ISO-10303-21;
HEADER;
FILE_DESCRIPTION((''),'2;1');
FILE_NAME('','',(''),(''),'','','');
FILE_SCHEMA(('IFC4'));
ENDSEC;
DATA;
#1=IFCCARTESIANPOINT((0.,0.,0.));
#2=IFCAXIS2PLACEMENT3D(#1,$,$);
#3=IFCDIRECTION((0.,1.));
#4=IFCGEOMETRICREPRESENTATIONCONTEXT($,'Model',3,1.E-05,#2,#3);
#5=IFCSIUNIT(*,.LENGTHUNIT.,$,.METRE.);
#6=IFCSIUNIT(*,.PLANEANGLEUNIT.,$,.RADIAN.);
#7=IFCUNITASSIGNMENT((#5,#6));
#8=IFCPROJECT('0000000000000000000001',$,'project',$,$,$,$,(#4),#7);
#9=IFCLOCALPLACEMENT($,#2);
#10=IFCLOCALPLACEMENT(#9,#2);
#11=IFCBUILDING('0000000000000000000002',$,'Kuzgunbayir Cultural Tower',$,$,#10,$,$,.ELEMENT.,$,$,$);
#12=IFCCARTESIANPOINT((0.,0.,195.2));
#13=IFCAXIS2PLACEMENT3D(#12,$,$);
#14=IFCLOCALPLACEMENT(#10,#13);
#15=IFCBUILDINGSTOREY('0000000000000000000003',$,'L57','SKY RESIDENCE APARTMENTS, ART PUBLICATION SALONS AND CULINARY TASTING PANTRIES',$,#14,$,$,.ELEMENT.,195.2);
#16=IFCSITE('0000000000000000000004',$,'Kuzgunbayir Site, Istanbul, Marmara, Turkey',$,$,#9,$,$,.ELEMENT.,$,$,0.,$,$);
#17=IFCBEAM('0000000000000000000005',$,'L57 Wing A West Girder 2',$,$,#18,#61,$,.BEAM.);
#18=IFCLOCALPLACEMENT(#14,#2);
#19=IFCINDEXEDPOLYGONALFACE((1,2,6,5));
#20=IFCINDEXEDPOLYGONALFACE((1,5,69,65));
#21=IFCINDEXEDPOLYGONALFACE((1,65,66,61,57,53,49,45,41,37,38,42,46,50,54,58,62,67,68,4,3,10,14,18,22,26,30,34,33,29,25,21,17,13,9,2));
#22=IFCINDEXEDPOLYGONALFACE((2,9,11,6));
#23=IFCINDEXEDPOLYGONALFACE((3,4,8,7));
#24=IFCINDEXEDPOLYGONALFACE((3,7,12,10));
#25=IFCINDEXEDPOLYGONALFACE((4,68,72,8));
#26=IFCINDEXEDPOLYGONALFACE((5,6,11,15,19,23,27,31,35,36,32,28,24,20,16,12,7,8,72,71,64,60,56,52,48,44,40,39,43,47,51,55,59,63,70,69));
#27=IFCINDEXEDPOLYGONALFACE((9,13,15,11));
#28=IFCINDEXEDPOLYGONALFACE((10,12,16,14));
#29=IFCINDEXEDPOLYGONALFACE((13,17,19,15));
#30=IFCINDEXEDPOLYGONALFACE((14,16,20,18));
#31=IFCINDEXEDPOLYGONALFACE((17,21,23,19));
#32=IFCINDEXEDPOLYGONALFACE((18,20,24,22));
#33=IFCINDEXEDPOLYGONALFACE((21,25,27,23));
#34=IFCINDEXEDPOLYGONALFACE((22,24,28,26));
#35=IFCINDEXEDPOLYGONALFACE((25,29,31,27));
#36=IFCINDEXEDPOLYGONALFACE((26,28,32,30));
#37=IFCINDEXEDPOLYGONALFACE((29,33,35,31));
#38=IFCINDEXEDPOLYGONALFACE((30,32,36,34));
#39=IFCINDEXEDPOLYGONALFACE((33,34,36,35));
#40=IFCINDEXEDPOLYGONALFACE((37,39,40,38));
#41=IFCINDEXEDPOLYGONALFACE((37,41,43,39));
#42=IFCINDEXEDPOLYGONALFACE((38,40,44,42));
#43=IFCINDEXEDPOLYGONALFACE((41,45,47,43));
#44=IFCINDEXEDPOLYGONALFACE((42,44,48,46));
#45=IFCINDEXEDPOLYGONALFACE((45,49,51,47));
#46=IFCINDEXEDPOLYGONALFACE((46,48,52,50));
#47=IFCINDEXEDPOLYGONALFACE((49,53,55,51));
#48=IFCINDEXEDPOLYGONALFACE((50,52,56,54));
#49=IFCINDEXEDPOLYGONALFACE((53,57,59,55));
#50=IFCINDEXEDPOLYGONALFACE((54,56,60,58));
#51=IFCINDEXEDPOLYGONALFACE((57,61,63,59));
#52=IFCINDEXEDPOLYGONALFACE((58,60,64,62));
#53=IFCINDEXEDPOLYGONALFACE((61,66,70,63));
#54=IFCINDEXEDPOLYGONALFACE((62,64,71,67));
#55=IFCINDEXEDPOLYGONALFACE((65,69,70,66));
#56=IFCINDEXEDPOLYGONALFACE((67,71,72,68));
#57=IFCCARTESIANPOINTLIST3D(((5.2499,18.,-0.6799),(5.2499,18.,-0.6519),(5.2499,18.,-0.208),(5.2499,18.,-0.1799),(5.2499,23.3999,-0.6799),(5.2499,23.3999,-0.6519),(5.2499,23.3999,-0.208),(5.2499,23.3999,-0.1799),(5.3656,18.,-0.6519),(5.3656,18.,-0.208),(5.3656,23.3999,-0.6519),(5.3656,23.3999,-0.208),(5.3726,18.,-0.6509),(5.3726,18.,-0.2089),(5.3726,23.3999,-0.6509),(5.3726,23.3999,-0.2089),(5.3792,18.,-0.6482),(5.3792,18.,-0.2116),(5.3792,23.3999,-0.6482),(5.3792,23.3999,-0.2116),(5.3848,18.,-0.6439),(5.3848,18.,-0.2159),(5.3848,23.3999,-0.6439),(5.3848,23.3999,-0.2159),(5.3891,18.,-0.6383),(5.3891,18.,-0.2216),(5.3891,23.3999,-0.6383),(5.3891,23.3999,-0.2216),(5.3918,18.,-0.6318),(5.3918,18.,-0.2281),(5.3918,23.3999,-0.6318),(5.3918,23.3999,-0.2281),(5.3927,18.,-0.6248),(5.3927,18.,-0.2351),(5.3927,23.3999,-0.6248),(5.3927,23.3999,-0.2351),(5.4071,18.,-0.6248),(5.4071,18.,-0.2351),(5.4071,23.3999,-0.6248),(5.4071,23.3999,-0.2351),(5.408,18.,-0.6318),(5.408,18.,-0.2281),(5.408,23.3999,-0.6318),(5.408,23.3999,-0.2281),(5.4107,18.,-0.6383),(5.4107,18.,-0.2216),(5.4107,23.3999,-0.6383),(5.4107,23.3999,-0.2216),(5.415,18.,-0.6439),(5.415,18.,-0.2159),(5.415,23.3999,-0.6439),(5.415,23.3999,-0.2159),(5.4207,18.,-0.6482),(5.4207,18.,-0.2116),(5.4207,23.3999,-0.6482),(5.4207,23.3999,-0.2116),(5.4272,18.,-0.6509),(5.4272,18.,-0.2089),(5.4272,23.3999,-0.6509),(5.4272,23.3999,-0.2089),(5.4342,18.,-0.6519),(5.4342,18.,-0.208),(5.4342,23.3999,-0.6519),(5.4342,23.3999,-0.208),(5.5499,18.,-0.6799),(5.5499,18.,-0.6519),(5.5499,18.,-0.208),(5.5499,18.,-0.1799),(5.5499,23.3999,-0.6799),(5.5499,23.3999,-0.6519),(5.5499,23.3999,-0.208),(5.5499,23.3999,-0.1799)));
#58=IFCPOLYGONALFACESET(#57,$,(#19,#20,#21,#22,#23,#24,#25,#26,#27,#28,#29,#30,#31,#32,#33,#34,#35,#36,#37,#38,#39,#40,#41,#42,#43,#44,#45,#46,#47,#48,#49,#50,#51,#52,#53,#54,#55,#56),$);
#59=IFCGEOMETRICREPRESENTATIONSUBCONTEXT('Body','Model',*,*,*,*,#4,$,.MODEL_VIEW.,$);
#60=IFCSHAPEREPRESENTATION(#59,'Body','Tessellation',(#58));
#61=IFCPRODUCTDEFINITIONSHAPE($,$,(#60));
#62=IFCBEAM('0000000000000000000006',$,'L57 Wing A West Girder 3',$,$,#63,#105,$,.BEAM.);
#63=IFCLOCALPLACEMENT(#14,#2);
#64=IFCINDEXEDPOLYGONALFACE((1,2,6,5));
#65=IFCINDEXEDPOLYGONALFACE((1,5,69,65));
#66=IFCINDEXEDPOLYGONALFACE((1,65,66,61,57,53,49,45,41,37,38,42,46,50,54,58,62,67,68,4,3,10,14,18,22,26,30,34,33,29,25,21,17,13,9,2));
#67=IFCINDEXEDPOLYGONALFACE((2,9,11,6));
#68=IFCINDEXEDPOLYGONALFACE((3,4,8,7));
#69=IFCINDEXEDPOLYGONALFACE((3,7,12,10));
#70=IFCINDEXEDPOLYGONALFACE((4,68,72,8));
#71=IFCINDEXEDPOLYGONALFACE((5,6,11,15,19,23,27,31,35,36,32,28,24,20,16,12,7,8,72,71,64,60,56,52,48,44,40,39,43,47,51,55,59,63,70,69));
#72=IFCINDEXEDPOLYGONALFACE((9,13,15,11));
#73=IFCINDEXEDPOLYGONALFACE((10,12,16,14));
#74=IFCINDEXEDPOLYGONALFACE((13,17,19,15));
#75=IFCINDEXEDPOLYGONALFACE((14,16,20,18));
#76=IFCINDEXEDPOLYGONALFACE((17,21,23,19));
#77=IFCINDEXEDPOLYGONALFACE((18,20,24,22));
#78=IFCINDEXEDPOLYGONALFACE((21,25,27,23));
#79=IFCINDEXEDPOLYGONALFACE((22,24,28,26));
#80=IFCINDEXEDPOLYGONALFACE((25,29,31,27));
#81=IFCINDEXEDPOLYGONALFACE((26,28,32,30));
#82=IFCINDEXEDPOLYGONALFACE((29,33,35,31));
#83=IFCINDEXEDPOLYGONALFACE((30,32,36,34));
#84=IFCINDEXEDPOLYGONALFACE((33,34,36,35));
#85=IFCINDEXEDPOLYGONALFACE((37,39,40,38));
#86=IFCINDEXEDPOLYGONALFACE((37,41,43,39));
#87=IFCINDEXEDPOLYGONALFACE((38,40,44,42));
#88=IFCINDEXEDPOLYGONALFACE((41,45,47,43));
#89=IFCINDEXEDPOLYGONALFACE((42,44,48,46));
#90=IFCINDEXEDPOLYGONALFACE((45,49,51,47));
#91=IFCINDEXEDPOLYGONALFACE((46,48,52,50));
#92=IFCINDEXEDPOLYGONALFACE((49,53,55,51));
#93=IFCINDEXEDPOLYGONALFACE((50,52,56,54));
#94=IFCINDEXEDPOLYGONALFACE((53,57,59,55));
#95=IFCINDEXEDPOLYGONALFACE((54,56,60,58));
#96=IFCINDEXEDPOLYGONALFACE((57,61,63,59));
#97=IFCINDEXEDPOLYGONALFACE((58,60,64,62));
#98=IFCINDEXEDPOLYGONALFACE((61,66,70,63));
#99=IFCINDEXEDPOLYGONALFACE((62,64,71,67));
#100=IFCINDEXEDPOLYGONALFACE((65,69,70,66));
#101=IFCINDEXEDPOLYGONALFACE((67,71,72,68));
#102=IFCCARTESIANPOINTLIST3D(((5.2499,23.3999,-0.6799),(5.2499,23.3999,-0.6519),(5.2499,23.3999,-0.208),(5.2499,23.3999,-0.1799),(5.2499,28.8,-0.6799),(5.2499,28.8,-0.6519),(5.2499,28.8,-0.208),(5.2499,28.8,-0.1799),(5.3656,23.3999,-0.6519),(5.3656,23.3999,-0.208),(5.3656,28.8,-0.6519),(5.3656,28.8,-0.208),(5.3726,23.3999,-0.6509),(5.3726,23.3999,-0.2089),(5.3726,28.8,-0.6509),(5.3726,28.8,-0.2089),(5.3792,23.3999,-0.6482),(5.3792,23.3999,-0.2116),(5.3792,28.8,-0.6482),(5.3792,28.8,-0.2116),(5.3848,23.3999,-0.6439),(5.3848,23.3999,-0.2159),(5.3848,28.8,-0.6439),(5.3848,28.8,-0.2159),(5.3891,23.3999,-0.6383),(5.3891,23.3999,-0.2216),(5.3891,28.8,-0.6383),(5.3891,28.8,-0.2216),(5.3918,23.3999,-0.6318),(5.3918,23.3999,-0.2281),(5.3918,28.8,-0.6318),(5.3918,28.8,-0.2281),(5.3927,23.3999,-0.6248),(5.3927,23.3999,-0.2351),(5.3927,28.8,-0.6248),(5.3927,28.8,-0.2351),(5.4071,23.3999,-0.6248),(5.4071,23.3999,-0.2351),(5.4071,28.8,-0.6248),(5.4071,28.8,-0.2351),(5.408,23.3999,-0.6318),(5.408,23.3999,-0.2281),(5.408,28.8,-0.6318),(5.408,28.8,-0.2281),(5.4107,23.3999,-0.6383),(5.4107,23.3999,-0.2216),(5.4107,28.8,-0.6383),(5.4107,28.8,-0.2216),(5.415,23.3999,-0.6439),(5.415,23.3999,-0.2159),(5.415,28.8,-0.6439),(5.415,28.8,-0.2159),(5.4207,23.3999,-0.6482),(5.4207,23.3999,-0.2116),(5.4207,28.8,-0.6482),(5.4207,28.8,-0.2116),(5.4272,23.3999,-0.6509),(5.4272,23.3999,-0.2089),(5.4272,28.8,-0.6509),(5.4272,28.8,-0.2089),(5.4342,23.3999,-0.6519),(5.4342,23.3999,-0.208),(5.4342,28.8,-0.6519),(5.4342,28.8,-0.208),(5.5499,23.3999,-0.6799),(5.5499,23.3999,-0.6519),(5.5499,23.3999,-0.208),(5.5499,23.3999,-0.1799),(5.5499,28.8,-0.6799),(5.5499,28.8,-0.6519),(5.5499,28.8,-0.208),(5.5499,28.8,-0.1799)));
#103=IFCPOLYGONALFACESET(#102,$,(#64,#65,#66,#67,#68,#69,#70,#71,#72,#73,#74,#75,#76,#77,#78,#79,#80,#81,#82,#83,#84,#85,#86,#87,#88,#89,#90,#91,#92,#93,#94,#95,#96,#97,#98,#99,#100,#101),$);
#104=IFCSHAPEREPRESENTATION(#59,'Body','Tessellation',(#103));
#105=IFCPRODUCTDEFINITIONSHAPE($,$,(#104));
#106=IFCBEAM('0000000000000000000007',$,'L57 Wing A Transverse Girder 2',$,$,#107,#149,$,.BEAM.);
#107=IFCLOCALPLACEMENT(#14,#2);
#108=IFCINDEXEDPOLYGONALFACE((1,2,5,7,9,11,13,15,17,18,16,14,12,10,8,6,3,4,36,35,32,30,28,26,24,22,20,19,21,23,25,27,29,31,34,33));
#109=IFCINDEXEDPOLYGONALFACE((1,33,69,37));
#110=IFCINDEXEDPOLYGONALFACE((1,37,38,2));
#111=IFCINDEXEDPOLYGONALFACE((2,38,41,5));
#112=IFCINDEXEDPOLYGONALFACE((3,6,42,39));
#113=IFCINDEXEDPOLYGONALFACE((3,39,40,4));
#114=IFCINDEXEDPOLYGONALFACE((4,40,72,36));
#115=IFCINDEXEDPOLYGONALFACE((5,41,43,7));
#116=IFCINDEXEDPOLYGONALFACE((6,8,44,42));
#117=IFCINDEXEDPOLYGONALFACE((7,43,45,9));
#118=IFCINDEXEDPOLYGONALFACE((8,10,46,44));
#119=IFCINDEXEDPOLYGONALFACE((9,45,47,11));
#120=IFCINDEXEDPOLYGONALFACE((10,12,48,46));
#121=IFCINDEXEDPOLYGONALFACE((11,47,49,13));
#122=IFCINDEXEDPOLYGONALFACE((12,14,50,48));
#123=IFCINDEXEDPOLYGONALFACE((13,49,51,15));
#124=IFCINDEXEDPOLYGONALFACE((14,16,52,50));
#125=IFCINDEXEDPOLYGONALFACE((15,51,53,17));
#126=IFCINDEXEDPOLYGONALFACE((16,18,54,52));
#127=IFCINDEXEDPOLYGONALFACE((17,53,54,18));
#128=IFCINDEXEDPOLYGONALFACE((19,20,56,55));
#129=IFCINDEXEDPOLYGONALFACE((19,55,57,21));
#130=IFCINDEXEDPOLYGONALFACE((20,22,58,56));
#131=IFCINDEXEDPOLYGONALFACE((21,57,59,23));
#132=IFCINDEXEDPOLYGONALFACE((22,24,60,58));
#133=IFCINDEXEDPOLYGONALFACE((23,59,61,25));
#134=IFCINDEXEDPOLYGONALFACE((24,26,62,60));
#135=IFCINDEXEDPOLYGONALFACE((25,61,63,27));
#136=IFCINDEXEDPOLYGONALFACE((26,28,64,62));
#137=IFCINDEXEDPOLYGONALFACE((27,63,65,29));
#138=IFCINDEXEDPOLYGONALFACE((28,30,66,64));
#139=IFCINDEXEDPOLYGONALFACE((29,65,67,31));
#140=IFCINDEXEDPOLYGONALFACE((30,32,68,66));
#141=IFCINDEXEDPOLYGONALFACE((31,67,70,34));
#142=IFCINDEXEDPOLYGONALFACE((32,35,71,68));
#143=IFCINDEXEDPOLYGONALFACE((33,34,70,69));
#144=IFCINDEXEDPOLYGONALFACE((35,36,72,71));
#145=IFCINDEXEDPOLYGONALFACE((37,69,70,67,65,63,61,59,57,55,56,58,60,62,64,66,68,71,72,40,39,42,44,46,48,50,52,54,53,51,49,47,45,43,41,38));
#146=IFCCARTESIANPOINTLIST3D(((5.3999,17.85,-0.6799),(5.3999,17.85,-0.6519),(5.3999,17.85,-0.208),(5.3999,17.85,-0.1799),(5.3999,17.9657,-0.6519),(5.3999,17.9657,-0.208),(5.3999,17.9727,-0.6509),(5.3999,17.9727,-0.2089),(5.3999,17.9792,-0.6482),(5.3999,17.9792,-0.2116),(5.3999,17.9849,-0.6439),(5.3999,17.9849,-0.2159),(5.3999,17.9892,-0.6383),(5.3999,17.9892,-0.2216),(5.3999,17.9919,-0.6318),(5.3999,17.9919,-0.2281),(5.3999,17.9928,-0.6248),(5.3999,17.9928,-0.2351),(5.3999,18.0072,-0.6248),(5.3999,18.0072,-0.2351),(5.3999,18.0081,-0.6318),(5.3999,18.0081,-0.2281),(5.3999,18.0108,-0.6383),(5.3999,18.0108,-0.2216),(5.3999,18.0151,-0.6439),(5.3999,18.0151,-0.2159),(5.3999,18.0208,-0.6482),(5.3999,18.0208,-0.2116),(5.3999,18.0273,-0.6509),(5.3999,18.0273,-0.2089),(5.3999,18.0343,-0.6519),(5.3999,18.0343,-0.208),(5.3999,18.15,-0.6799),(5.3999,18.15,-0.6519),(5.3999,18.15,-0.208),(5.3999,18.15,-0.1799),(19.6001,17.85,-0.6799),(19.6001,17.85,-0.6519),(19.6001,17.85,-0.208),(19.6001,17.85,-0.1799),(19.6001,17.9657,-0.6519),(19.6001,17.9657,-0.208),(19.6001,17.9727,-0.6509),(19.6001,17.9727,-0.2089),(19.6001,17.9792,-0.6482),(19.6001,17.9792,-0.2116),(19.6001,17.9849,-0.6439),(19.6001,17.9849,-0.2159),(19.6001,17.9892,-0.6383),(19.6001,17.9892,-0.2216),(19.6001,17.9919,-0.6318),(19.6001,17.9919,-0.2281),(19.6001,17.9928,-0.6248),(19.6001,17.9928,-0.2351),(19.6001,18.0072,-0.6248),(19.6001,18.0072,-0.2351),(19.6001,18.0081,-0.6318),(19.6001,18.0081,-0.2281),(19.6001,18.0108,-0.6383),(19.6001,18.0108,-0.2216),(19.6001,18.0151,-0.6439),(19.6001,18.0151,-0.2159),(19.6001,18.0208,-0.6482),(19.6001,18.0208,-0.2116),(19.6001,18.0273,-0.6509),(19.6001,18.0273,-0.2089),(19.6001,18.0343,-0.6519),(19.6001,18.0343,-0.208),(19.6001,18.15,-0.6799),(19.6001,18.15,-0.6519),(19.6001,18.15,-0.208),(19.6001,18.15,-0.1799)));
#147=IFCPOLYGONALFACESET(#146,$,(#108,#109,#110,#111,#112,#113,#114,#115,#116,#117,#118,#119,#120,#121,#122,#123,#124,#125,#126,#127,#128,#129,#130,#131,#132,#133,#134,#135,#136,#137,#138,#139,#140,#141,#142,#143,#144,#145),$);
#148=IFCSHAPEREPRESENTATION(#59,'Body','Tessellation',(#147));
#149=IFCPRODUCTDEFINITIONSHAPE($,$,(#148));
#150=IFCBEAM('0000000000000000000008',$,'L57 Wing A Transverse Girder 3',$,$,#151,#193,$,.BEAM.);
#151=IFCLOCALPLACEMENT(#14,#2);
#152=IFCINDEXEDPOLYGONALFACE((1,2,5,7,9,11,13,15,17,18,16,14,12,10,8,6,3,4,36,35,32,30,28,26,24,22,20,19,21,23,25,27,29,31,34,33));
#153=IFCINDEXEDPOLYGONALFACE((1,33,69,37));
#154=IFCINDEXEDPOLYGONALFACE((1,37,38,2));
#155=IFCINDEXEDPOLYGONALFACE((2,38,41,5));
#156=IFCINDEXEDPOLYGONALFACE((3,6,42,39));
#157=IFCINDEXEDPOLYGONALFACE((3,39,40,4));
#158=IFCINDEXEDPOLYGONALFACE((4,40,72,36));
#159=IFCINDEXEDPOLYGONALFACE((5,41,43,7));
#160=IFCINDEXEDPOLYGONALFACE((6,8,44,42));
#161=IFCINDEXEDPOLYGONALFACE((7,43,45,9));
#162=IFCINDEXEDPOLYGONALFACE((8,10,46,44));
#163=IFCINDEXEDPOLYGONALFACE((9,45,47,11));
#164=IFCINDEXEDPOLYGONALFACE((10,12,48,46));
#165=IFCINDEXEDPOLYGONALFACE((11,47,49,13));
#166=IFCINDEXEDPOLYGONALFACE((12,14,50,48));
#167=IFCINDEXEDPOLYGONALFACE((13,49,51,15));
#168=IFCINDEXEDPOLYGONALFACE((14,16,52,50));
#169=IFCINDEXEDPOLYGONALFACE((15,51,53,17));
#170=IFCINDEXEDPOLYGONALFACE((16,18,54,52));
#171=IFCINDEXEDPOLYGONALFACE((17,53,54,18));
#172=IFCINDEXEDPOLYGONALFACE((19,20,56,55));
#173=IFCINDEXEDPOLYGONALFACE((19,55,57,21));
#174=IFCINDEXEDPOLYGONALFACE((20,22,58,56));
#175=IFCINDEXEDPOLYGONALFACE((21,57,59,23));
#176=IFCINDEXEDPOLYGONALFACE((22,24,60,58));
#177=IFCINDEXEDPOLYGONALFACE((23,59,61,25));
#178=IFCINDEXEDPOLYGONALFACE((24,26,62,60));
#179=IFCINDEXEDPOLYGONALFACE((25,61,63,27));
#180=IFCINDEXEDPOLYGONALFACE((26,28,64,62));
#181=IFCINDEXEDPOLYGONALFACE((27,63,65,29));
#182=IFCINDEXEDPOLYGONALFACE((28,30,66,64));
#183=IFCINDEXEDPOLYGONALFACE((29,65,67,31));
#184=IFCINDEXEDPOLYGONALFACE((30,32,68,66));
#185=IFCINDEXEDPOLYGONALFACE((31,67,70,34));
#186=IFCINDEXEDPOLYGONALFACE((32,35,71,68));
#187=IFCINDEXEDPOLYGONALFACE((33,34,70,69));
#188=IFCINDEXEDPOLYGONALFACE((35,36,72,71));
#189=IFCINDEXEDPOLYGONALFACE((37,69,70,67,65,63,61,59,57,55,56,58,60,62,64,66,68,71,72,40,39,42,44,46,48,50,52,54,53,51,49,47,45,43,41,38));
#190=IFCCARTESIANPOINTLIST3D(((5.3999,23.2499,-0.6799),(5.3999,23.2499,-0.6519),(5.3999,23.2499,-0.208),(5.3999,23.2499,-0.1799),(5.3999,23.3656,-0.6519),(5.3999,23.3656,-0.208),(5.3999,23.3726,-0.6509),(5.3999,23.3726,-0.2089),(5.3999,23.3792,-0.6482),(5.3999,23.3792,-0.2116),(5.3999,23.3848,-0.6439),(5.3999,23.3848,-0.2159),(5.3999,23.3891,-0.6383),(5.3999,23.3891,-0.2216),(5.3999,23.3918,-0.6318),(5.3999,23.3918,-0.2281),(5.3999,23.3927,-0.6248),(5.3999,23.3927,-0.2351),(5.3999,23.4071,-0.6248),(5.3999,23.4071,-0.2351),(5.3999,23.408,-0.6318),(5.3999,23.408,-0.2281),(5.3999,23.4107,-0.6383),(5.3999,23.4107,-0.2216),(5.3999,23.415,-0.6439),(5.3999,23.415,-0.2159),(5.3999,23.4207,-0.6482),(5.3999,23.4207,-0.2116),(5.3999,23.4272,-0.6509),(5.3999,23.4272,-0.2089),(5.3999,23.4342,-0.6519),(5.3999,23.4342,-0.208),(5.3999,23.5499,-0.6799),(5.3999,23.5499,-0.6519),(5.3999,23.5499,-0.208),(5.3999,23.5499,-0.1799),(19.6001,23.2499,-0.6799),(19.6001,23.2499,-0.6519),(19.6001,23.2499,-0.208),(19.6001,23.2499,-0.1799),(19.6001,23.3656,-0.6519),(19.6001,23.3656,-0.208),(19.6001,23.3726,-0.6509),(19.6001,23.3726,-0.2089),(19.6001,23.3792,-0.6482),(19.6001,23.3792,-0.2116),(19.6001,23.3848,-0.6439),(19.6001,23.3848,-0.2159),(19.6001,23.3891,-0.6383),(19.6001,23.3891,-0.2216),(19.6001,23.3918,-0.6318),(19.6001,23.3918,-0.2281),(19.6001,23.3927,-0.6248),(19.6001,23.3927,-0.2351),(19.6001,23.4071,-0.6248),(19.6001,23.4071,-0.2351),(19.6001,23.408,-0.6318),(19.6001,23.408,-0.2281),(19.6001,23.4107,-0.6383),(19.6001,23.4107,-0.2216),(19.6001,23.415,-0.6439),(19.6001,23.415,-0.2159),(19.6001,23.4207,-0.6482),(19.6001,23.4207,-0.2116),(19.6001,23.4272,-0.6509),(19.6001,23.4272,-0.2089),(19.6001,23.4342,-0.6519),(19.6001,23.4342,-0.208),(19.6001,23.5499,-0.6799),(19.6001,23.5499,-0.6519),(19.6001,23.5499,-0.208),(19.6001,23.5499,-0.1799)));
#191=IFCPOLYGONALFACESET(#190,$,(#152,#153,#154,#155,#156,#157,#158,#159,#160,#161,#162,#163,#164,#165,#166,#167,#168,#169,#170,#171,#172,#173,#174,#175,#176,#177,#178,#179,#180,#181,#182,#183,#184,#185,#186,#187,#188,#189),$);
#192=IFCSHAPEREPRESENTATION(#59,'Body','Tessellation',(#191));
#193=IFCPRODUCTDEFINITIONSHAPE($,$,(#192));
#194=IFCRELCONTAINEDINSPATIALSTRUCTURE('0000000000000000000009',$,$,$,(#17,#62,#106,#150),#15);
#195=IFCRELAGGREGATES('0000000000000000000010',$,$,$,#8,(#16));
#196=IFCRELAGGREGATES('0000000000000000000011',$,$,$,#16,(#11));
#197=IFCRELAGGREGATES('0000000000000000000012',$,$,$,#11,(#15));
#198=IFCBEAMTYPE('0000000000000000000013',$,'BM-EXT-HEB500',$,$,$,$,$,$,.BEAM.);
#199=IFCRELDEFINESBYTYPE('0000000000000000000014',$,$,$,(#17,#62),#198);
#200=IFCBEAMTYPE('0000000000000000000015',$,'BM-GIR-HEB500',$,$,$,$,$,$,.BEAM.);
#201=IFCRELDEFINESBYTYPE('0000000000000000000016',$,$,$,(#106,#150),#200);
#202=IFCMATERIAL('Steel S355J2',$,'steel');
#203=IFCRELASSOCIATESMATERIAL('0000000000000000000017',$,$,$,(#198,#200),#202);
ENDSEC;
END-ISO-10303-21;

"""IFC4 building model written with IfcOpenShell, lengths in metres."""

from ifc_helpers import new_model, si_unit, direction, frame, origin, origin_2d, place, context, subcontext, project, spatial, i_section, extrude, material, material_profile, profile_set, type_object, element, save


model = new_model("IFC4")

# Units and contexts
model_context = context("Model", 3, precision=1e-05, world=origin(), true_north=direction((0.0, 1.0)))
body_context = subcontext(model_context, "Body", "Model", "MODEL_VIEW")
ifc_project = project(units=[si_unit("LENGTHUNIT", "METRE"), si_unit("PLANEANGLEUNIT", "RADIAN")], contexts=[model_context])

# Site, building, storey
site_placement = place(None, origin())
site = spatial("IfcSite", under=ifc_project, at=site_placement, Name="Kuzgunbayir Site, Istanbul, Marmara, Turkey", CompositionType="ELEMENT", RefElevation=0.0)
building_placement = place(site_placement, origin())
building = spatial("IfcBuilding", under=site, at=building_placement, Name="Kuzgunbayir Cultural Tower", CompositionType="ELEMENT")
storey_placement = place(building_placement, frame((0.0, 0.0, 195.2)))
storey = spatial("IfcBuildingStorey", under=building, at=storey_placement, Name="L57", Description="SKY RESIDENCE APARTMENTS, ART PUBLICATION SALONS AND CULINARY TASTING PANTRIES", CompositionType="ELEMENT", Elevation=195.2)

# Beams
ifc_material_1 = material(Name="Steel S355J2", Category="steel")
ifc_material_profile_1 = material_profile(ifc_material_1, i_section(OverallWidth=0.3, OverallDepth=0.5, WebThickness=0.0144, FlangeThickness=0.0281, FilletRadius=0.0271, at=origin_2d()), Name="HEB 500")
ifc_profile_set_1 = profile_set([ifc_material_profile_1], Name="Steel S355J2")
beam_type_1 = type_object("IfcBeamType", Name="BM-EXT-HEB500", PredefinedType="BEAM", material=ifc_profile_set_1)
beam_1_placement = place(storey_placement, frame((5.3999, 18.0, -0.4299), z_axis=(0.0, 1.0, 0.0), x_axis=(-1.0, 0.0, 0.0)))
element("IfcBeam", 1, at=beam_1_placement, inside=storey, type_object=beam_type_1, Name="L57 Wing A West Girder 2", PredefinedType="BEAM", context=body_context, shape_type="SweptSolid", body=[
    extrude(i_section(OverallWidth=0.3, OverallDepth=0.5, WebThickness=0.0144, FlangeThickness=0.0281, FilletRadius=0.0271, at=origin_2d()), origin(), (0.0, 0.0, 1.0), 5.3999),
])
beam_2_placement = place(storey_placement, frame((5.3999, 23.3999, -0.4299), z_axis=(0.0, 1.0, 0.0), x_axis=(-1.0, 0.0, 0.0)))
element("IfcBeam", 2, at=beam_2_placement, inside=storey, type_object=beam_type_1, Name="L57 Wing A West Girder 3", PredefinedType="BEAM", context=body_context, shape_type="SweptSolid", body=[
    extrude(i_section(OverallWidth=0.3, OverallDepth=0.5, WebThickness=0.0144, FlangeThickness=0.0281, FilletRadius=0.0271, at=origin_2d()), origin(), (0.0, 0.0, 1.0), 5.4001),
])
ifc_material_profile_2 = material_profile(ifc_material_1, i_section(OverallWidth=0.3, OverallDepth=0.5, WebThickness=0.0144, FlangeThickness=0.0281, FilletRadius=0.0271, at=origin_2d()), Name="HEB 500")
ifc_profile_set_2 = profile_set([ifc_material_profile_2], Name="Steel S355J2")
beam_type_2 = type_object("IfcBeamType", Name="BM-GIR-HEB500", PredefinedType="BEAM", material=ifc_profile_set_2)
for number, where, z_axis, x_axis, name in (
    (3, (5.3999, 18.0, -0.4299), (1.0, 0.0, 0.0), (0.0, 1.0, 0.0), "L57 Wing A Transverse Girder 2"),
    (4, (5.3999, 23.3999, -0.4299), (1.0, 0.0, 0.0), (0.0, 1.0, 0.0), "L57 Wing A Transverse Girder 3"),
):
    element("IfcBeam", number, at=place(storey_placement, frame(where, z_axis=z_axis, x_axis=x_axis)), inside=storey, type_object=beam_type_2, Name=name, PredefinedType="BEAM", context=body_context, shape_type="SweptSolid", body=[
        extrude(i_section(OverallWidth=0.3, OverallDepth=0.5, WebThickness=0.0144, FlangeThickness=0.0281, FilletRadius=0.0271, at=origin_2d()), origin(), (0.0, 0.0, 1.0), 14.2002),
    ])

save(model, "model.ifc")
